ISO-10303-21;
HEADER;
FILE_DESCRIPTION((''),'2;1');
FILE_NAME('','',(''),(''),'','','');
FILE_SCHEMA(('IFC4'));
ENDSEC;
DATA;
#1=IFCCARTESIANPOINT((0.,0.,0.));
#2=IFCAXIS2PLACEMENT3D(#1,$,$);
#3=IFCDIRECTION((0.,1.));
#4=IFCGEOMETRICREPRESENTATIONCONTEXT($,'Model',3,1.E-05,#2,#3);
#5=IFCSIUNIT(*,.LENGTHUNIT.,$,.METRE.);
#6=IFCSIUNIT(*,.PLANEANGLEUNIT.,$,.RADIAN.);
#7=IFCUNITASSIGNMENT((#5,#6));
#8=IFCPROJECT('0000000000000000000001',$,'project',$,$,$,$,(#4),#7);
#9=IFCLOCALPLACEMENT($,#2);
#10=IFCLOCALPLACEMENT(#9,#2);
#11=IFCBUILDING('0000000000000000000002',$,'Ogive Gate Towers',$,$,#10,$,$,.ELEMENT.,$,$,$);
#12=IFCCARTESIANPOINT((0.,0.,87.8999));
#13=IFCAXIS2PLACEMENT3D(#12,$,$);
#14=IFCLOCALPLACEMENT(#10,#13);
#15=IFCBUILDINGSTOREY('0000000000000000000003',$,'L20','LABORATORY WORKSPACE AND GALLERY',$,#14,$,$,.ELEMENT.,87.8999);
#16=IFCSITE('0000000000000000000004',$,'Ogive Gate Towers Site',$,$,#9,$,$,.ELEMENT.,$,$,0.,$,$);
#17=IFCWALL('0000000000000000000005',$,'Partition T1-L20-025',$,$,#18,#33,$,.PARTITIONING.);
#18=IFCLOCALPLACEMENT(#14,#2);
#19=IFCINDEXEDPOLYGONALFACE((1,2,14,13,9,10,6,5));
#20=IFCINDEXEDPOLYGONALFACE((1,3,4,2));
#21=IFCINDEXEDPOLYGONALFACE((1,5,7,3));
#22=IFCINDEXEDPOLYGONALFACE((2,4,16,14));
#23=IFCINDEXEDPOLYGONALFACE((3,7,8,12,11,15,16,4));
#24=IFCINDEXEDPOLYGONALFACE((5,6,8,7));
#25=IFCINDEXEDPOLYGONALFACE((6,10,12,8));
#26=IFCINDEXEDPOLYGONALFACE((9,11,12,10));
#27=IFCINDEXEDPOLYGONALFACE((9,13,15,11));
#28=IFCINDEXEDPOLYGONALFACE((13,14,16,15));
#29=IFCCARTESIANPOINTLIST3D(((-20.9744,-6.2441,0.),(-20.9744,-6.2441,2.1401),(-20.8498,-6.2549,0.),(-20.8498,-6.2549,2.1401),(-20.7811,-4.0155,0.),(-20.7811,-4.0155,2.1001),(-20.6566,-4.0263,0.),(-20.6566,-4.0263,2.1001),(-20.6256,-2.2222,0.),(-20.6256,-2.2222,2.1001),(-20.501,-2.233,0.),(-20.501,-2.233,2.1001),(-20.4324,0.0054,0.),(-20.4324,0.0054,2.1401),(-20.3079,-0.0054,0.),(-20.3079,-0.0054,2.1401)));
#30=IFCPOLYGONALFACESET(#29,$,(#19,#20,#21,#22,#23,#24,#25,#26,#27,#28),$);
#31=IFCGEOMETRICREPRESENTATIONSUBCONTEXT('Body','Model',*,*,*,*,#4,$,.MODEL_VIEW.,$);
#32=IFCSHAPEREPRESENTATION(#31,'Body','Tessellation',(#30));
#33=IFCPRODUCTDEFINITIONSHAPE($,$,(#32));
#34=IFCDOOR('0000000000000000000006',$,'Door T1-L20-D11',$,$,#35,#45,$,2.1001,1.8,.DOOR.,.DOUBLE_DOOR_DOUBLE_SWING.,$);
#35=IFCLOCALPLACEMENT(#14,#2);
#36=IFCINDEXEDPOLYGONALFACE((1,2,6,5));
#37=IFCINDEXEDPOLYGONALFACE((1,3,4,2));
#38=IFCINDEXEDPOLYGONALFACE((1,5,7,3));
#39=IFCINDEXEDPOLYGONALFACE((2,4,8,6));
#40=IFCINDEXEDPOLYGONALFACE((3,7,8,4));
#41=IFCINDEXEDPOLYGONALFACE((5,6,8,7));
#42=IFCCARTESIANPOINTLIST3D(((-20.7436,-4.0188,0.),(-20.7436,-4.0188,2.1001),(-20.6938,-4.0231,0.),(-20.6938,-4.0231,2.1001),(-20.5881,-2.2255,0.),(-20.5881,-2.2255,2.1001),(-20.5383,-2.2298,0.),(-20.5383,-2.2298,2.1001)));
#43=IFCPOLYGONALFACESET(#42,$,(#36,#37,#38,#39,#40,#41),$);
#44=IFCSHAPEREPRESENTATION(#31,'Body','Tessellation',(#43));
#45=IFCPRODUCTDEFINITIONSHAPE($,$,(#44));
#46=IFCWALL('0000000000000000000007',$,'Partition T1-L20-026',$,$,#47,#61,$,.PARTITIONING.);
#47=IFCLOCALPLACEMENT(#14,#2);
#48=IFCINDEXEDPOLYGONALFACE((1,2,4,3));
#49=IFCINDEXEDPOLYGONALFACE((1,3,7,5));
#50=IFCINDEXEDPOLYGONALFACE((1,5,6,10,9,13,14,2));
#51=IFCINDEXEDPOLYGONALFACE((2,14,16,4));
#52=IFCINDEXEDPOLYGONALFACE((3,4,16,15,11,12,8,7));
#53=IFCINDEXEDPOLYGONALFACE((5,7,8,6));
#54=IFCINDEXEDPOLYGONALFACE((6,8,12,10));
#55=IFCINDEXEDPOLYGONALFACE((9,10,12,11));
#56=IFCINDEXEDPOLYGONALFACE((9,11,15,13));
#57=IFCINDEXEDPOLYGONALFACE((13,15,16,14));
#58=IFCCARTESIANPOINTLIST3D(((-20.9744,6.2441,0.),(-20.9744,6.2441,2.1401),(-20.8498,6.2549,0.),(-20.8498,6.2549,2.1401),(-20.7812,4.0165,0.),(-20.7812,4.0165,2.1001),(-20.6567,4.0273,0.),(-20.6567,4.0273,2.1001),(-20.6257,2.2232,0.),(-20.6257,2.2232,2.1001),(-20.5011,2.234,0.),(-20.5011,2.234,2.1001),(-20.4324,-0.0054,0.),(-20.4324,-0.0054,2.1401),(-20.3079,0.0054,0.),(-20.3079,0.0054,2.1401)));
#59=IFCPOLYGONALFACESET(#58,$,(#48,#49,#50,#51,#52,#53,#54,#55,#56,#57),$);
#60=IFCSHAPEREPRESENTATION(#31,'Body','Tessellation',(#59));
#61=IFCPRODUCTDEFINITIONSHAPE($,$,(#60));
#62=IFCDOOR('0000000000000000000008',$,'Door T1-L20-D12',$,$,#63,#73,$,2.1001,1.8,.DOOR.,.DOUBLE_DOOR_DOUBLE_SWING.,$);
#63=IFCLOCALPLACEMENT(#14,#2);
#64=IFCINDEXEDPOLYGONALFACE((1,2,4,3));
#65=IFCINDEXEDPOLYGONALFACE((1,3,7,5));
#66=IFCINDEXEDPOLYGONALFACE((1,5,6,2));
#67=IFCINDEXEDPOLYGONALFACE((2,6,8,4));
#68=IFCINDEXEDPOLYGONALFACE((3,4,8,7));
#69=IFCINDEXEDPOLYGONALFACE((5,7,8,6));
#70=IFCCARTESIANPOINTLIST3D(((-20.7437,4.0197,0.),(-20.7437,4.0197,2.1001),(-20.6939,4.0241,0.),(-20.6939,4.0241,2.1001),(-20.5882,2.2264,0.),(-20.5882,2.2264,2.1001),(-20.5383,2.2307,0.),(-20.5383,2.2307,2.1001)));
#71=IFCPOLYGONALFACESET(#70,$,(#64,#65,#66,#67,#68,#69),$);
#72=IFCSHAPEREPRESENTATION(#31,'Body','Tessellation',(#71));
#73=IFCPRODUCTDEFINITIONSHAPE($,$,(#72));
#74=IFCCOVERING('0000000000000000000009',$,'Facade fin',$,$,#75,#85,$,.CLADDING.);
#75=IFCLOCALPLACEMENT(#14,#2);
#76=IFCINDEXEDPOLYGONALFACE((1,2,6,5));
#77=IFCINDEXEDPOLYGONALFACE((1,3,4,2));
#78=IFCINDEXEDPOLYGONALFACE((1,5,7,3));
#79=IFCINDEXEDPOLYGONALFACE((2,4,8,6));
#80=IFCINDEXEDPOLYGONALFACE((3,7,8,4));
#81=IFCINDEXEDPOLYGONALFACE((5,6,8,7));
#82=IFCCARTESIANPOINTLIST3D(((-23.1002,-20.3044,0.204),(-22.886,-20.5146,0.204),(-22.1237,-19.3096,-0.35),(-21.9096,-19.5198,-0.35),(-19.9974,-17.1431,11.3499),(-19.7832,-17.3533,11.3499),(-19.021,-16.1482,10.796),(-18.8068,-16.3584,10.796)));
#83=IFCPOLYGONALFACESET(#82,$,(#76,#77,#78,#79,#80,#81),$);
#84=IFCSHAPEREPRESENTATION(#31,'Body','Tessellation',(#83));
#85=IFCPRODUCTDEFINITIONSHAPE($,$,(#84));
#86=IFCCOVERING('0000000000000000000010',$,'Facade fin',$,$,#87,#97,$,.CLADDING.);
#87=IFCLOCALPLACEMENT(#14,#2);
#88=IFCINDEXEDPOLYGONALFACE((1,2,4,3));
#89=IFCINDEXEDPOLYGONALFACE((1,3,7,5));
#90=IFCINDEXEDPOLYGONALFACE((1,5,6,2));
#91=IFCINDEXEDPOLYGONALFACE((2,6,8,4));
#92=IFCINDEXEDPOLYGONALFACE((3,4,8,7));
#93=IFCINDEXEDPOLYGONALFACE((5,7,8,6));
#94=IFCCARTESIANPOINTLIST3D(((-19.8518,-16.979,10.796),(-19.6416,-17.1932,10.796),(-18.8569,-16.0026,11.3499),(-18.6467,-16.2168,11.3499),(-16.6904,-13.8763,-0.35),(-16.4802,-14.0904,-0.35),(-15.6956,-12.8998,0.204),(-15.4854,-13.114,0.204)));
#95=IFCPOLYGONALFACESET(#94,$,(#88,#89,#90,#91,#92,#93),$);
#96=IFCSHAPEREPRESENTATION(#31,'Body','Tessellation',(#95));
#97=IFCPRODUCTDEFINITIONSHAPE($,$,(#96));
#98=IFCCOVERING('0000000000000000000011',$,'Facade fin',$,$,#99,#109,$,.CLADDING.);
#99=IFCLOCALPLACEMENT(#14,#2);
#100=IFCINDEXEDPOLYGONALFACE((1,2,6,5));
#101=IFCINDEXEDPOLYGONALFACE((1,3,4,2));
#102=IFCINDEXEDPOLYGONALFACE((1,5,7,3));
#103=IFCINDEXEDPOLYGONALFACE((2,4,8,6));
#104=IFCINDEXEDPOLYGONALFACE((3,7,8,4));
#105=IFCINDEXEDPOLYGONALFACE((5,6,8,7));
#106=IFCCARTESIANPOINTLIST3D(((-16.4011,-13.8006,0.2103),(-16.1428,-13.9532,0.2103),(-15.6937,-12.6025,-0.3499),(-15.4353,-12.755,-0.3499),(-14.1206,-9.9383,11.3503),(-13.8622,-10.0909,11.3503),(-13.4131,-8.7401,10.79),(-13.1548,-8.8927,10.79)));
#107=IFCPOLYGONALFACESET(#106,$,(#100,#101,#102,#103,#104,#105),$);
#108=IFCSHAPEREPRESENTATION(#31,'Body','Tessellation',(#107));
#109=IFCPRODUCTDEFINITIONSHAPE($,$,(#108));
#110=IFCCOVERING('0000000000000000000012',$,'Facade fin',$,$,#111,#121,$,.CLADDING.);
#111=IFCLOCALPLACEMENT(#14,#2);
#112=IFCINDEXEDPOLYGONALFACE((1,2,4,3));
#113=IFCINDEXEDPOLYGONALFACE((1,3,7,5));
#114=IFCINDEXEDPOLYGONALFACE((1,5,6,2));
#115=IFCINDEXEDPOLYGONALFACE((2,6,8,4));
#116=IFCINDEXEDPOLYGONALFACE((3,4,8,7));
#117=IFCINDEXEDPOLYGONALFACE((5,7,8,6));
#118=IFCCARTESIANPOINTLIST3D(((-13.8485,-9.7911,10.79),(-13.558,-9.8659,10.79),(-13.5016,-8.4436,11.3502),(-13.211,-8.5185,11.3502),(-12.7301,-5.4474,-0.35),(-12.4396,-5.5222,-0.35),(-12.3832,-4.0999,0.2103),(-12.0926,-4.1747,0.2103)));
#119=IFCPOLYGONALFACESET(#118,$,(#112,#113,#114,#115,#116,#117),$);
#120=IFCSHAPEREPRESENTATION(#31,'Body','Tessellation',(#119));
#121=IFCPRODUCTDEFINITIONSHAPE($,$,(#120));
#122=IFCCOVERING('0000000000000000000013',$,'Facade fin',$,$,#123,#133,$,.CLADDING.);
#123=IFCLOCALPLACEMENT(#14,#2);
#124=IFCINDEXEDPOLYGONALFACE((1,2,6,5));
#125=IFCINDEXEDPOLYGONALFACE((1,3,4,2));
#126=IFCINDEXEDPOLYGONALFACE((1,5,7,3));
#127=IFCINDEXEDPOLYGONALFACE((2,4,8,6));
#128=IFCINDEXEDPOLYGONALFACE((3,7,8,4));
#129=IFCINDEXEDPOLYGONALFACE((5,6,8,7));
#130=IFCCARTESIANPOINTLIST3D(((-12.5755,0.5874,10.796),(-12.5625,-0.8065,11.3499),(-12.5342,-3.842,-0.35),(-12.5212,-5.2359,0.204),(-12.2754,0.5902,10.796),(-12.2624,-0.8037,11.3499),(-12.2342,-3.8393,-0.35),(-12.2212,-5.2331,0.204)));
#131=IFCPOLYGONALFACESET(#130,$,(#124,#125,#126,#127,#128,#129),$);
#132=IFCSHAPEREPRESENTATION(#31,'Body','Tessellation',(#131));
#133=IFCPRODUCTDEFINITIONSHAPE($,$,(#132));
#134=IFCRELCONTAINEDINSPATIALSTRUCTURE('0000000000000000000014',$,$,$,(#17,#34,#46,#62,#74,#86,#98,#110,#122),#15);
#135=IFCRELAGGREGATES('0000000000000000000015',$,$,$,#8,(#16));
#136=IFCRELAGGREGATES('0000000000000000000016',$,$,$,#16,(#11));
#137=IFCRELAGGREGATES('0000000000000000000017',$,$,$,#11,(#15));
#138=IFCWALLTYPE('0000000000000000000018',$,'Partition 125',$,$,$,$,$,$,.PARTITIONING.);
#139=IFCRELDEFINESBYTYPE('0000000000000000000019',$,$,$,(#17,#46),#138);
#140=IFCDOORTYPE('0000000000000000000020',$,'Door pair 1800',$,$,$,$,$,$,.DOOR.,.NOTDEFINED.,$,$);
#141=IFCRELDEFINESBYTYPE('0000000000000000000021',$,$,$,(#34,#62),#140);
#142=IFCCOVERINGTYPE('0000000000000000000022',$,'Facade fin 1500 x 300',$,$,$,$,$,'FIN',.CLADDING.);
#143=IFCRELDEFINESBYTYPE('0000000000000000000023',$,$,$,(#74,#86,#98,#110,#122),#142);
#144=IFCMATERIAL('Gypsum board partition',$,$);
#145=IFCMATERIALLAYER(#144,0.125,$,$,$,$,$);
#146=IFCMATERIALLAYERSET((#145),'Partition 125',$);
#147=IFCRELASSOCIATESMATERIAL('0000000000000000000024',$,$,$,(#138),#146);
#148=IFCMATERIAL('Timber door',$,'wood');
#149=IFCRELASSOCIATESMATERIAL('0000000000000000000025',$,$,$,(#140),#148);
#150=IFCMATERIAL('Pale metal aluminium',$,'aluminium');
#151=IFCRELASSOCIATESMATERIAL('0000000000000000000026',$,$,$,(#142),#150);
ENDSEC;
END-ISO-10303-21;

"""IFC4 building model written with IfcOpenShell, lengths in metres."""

from ifc_helpers import new_model, si_unit, direction, frame, frame_2d, origin, origin_2d, place, context, subcontext, project, spatial, rectangle, extrude, material, layer, layer_set, material_profile, profile_set, type_object, element, fill, save


model = new_model("IFC4")

# Units and contexts
model_context = context("Model", 3, precision=1e-05, world=origin(), true_north=direction((0.0, 1.0)))
body_context = subcontext(model_context, "Body", "Model", "MODEL_VIEW")
ifc_project = project(units=[si_unit("LENGTHUNIT", "METRE"), si_unit("PLANEANGLEUNIT", "RADIAN")], contexts=[model_context])

# Site, building, storey
site_placement = place(None, origin())
site = spatial("IfcSite", under=ifc_project, at=site_placement, Name="Ogive Gate Towers Site", CompositionType="ELEMENT", RefElevation=0.0)
building_placement = place(site_placement, origin())
building = spatial("IfcBuilding", under=site, at=building_placement, Name="Ogive Gate Towers", CompositionType="ELEMENT")
storey_placement = place(building_placement, frame((0.0, 0.0, 87.8999)))
storey = spatial("IfcBuildingStorey", under=building, at=storey_placement, Name="L20", Description="LABORATORY WORKSPACE AND GALLERY", CompositionType="ELEMENT", Elevation=87.8999)

# Shared definitions
ifc_material_1 = material(Name="Pale metal aluminium", Category="aluminium")

# Shared definitions
ifc_material_2 = material(Name="Gypsum board partition")
ifc_layer_1 = layer(ifc_material_2, 0.125)
ifc_layer_set_1 = layer_set([ifc_layer_1], Name="Partition 125")
wall_type = type_object("IfcWallType", Name="Partition 125", PredefinedType="PARTITIONING", material=ifc_layer_set_1)

# Walls, openings, doors
wall_1_placement = place(storey_placement, frame((-20.9121, -6.2495, 0.0), z_axis=(0.0, 0.0, 1.0), x_axis=(0.086401, 0.99626, 0.0)))
wall_1 = element("IfcWall", 1, at=wall_1_placement, inside=storey, type_object=wall_type, Name="Partition T1-L20-025", PredefinedType="PARTITIONING", context=body_context, shape_type="SweptSolid", body=[
    extrude(rectangle(XDim=6.2729, YDim=0.125, at=frame_2d((3.1365, 0.0))), origin(), (0.0, 0.0, 1.0), 2.1401),
])
opening_1_placement = place(wall_1_placement, frame((2.2371, 0.0, 0.0)))
opening_1 = element("IfcOpeningElement", 2, at=opening_1_placement, cuts=wall_1, PredefinedType="OPENING", context=body_context, shape_type="SweptSolid", body=[
    extrude(rectangle(XDim=1.8, YDim=2.1001, at=frame_2d((0.8999, 1.05))), frame((0.0, 0.0725, 0.0), z_axis=(0.0, -1.0, 0.0), x_axis=(1.0, 0.0, 0.0)), (0.0, 0.0, 1.0), 0.145),
])
ifc_material_3 = material(Name="Timber door", Category="wood")
door_type = type_object("IfcDoorType", Name="Door pair 1800", OperationType="NOTDEFINED", PredefinedType="DOOR", material=ifc_material_3)
door_1_placement = place(opening_1_placement, origin())
door_1 = element("IfcDoor", 3, at=door_1_placement, inside=storey, type_object=door_type, Name="Door T1-L20-D11", OperationType="DOUBLE_DOOR_DOUBLE_SWING", OverallHeight=2.1001, OverallWidth=1.8, PredefinedType="DOOR", context=body_context, shape_type="SweptSolid", body=[
    extrude(rectangle(XDim=1.8, YDim=2.1001, at=frame_2d((0.8999, 1.05))), frame((0.0, 0.0249, 0.0), z_axis=(0.0, -1.0, 0.0), x_axis=(1.0, 0.0, 0.0)), (0.0, 0.0, 1.0), 0.05),
])
fill(opening_1, door_1)
wall_2_placement = place(storey_placement, frame((-20.3701, 0.0, 0.0), z_axis=(0.0, 0.0, 1.0), x_axis=(-0.086401, 0.99626, 0.0)))
wall_2 = element("IfcWall", 4, at=wall_2_placement, inside=storey, type_object=wall_type, Name="Partition T1-L20-026", PredefinedType="PARTITIONING", context=body_context, shape_type="SweptSolid", body=[
    extrude(rectangle(XDim=6.2729, YDim=0.125, at=frame_2d((3.1365, 0.0))), origin(), (0.0, 0.0, 1.0), 2.1401),
])
opening_2_placement = place(wall_2_placement, frame((2.2371, 0.0, 0.0)))
opening_2 = element("IfcOpeningElement", 5, at=opening_2_placement, cuts=wall_2, PredefinedType="OPENING", context=body_context, shape_type="SweptSolid", body=[
    extrude(rectangle(XDim=1.8, YDim=2.1001, at=frame_2d((0.8999, 1.05))), frame((0.0, 0.0725, 0.0), z_axis=(0.0, -1.0, 0.0), x_axis=(1.0, 0.0, 0.0)), (0.0, 0.0, 1.0), 0.145),
])
door_2_placement = place(opening_2_placement, origin())
door_2 = element("IfcDoor", 6, at=door_2_placement, inside=storey, type_object=door_type, Name="Door T1-L20-D12", OperationType="DOUBLE_DOOR_DOUBLE_SWING", OverallHeight=2.1001, OverallWidth=1.8, PredefinedType="DOOR", context=body_context, shape_type="SweptSolid", body=[
    extrude(rectangle(XDim=1.8, YDim=2.1001, at=frame_2d((0.8999, 1.05))), frame((0.0, 0.0249, 0.0), z_axis=(0.0, -1.0, 0.0), x_axis=(1.0, 0.0, 0.0)), (0.0, 0.0, 1.0), 0.05),
])
fill(opening_2, door_2)

# Coverings
ifc_material_profile_1 = material_profile(ifc_material_1, rectangle(XDim=0.3, YDim=1.5, at=origin_2d()), Name="1500 x 300 pale metal aluminium")
ifc_profile_set_1 = profile_set([ifc_material_profile_1], Name="Pale metal aluminium")
covering_type = type_object("IfcCoveringType", Name="Facade fin 1500 x 300", ElementType="FIN", PredefinedType="CLADDING", material=ifc_profile_set_1)
for number, where, z_axis, x_axis, name in (
    (7, (-22.5049, -19.9121, -0.073), (0.258696, 0.263581, 0.929302), (-0.71369, 0.700462, 0.0), "Facade fin"),
    (8, (-16.0879, -13.4951, -0.073), (-0.263581, -0.258696, 0.929302), (0.700462, -0.71369, 0.0), "Facade fin"),
):
    element("IfcCovering", number, at=place(storey_placement, frame(where, z_axis=z_axis, x_axis=x_axis)), inside=storey, type_object=covering_type, Name=name, PredefinedType="CLADDING", context=body_context, shape_type="SweptSolid", body=[
        extrude(rectangle(XDim=0.3, YDim=1.5, at=origin_2d()), origin(), (0.0, 0.0, 1.0), 11.9939),
    ])
for number, where, z_axis, x_axis, name in (
    (9, (-15.9182, -13.2778, -0.0698), (0.189901, 0.321618, 0.927631), (-0.861098, 0.50844, 0.0), "Facade fin"),
    (10, (-12.4114, -4.811, -0.0698), (-0.093131, -0.361708, 0.927628), (0.968415, -0.249343, 0.0), "Facade fin"),
):
    element("IfcCovering", number, at=place(storey_placement, frame(where, z_axis=z_axis, x_axis=x_axis)), inside=storey, type_object=covering_type, Name=name, PredefinedType="CLADDING", context=body_context, shape_type="SweptSolid", body=[
        extrude(rectangle(XDim=0.3, YDim=1.5, at=origin_2d()), origin(), (0.0, 0.0, 1.0), 12.009),
    ])
covering_placement = place(storey_placement, frame((-12.3777, -4.5376, -0.073), z_axis=(-0.00344, 0.369306, 0.929301), x_axis=(-0.999957, -0.009314, 0.0)))
element("IfcCovering", 11, at=covering_placement, inside=storey, type_object=covering_type, Name="Facade fin", PredefinedType="CLADDING", context=body_context, shape_type="SweptSolid", body=[
    extrude(rectangle(XDim=0.3, YDim=1.5, at=origin_2d()), origin(), (0.0, 0.0, 1.0), 11.9939),
])

save(model, "model.ifc")
